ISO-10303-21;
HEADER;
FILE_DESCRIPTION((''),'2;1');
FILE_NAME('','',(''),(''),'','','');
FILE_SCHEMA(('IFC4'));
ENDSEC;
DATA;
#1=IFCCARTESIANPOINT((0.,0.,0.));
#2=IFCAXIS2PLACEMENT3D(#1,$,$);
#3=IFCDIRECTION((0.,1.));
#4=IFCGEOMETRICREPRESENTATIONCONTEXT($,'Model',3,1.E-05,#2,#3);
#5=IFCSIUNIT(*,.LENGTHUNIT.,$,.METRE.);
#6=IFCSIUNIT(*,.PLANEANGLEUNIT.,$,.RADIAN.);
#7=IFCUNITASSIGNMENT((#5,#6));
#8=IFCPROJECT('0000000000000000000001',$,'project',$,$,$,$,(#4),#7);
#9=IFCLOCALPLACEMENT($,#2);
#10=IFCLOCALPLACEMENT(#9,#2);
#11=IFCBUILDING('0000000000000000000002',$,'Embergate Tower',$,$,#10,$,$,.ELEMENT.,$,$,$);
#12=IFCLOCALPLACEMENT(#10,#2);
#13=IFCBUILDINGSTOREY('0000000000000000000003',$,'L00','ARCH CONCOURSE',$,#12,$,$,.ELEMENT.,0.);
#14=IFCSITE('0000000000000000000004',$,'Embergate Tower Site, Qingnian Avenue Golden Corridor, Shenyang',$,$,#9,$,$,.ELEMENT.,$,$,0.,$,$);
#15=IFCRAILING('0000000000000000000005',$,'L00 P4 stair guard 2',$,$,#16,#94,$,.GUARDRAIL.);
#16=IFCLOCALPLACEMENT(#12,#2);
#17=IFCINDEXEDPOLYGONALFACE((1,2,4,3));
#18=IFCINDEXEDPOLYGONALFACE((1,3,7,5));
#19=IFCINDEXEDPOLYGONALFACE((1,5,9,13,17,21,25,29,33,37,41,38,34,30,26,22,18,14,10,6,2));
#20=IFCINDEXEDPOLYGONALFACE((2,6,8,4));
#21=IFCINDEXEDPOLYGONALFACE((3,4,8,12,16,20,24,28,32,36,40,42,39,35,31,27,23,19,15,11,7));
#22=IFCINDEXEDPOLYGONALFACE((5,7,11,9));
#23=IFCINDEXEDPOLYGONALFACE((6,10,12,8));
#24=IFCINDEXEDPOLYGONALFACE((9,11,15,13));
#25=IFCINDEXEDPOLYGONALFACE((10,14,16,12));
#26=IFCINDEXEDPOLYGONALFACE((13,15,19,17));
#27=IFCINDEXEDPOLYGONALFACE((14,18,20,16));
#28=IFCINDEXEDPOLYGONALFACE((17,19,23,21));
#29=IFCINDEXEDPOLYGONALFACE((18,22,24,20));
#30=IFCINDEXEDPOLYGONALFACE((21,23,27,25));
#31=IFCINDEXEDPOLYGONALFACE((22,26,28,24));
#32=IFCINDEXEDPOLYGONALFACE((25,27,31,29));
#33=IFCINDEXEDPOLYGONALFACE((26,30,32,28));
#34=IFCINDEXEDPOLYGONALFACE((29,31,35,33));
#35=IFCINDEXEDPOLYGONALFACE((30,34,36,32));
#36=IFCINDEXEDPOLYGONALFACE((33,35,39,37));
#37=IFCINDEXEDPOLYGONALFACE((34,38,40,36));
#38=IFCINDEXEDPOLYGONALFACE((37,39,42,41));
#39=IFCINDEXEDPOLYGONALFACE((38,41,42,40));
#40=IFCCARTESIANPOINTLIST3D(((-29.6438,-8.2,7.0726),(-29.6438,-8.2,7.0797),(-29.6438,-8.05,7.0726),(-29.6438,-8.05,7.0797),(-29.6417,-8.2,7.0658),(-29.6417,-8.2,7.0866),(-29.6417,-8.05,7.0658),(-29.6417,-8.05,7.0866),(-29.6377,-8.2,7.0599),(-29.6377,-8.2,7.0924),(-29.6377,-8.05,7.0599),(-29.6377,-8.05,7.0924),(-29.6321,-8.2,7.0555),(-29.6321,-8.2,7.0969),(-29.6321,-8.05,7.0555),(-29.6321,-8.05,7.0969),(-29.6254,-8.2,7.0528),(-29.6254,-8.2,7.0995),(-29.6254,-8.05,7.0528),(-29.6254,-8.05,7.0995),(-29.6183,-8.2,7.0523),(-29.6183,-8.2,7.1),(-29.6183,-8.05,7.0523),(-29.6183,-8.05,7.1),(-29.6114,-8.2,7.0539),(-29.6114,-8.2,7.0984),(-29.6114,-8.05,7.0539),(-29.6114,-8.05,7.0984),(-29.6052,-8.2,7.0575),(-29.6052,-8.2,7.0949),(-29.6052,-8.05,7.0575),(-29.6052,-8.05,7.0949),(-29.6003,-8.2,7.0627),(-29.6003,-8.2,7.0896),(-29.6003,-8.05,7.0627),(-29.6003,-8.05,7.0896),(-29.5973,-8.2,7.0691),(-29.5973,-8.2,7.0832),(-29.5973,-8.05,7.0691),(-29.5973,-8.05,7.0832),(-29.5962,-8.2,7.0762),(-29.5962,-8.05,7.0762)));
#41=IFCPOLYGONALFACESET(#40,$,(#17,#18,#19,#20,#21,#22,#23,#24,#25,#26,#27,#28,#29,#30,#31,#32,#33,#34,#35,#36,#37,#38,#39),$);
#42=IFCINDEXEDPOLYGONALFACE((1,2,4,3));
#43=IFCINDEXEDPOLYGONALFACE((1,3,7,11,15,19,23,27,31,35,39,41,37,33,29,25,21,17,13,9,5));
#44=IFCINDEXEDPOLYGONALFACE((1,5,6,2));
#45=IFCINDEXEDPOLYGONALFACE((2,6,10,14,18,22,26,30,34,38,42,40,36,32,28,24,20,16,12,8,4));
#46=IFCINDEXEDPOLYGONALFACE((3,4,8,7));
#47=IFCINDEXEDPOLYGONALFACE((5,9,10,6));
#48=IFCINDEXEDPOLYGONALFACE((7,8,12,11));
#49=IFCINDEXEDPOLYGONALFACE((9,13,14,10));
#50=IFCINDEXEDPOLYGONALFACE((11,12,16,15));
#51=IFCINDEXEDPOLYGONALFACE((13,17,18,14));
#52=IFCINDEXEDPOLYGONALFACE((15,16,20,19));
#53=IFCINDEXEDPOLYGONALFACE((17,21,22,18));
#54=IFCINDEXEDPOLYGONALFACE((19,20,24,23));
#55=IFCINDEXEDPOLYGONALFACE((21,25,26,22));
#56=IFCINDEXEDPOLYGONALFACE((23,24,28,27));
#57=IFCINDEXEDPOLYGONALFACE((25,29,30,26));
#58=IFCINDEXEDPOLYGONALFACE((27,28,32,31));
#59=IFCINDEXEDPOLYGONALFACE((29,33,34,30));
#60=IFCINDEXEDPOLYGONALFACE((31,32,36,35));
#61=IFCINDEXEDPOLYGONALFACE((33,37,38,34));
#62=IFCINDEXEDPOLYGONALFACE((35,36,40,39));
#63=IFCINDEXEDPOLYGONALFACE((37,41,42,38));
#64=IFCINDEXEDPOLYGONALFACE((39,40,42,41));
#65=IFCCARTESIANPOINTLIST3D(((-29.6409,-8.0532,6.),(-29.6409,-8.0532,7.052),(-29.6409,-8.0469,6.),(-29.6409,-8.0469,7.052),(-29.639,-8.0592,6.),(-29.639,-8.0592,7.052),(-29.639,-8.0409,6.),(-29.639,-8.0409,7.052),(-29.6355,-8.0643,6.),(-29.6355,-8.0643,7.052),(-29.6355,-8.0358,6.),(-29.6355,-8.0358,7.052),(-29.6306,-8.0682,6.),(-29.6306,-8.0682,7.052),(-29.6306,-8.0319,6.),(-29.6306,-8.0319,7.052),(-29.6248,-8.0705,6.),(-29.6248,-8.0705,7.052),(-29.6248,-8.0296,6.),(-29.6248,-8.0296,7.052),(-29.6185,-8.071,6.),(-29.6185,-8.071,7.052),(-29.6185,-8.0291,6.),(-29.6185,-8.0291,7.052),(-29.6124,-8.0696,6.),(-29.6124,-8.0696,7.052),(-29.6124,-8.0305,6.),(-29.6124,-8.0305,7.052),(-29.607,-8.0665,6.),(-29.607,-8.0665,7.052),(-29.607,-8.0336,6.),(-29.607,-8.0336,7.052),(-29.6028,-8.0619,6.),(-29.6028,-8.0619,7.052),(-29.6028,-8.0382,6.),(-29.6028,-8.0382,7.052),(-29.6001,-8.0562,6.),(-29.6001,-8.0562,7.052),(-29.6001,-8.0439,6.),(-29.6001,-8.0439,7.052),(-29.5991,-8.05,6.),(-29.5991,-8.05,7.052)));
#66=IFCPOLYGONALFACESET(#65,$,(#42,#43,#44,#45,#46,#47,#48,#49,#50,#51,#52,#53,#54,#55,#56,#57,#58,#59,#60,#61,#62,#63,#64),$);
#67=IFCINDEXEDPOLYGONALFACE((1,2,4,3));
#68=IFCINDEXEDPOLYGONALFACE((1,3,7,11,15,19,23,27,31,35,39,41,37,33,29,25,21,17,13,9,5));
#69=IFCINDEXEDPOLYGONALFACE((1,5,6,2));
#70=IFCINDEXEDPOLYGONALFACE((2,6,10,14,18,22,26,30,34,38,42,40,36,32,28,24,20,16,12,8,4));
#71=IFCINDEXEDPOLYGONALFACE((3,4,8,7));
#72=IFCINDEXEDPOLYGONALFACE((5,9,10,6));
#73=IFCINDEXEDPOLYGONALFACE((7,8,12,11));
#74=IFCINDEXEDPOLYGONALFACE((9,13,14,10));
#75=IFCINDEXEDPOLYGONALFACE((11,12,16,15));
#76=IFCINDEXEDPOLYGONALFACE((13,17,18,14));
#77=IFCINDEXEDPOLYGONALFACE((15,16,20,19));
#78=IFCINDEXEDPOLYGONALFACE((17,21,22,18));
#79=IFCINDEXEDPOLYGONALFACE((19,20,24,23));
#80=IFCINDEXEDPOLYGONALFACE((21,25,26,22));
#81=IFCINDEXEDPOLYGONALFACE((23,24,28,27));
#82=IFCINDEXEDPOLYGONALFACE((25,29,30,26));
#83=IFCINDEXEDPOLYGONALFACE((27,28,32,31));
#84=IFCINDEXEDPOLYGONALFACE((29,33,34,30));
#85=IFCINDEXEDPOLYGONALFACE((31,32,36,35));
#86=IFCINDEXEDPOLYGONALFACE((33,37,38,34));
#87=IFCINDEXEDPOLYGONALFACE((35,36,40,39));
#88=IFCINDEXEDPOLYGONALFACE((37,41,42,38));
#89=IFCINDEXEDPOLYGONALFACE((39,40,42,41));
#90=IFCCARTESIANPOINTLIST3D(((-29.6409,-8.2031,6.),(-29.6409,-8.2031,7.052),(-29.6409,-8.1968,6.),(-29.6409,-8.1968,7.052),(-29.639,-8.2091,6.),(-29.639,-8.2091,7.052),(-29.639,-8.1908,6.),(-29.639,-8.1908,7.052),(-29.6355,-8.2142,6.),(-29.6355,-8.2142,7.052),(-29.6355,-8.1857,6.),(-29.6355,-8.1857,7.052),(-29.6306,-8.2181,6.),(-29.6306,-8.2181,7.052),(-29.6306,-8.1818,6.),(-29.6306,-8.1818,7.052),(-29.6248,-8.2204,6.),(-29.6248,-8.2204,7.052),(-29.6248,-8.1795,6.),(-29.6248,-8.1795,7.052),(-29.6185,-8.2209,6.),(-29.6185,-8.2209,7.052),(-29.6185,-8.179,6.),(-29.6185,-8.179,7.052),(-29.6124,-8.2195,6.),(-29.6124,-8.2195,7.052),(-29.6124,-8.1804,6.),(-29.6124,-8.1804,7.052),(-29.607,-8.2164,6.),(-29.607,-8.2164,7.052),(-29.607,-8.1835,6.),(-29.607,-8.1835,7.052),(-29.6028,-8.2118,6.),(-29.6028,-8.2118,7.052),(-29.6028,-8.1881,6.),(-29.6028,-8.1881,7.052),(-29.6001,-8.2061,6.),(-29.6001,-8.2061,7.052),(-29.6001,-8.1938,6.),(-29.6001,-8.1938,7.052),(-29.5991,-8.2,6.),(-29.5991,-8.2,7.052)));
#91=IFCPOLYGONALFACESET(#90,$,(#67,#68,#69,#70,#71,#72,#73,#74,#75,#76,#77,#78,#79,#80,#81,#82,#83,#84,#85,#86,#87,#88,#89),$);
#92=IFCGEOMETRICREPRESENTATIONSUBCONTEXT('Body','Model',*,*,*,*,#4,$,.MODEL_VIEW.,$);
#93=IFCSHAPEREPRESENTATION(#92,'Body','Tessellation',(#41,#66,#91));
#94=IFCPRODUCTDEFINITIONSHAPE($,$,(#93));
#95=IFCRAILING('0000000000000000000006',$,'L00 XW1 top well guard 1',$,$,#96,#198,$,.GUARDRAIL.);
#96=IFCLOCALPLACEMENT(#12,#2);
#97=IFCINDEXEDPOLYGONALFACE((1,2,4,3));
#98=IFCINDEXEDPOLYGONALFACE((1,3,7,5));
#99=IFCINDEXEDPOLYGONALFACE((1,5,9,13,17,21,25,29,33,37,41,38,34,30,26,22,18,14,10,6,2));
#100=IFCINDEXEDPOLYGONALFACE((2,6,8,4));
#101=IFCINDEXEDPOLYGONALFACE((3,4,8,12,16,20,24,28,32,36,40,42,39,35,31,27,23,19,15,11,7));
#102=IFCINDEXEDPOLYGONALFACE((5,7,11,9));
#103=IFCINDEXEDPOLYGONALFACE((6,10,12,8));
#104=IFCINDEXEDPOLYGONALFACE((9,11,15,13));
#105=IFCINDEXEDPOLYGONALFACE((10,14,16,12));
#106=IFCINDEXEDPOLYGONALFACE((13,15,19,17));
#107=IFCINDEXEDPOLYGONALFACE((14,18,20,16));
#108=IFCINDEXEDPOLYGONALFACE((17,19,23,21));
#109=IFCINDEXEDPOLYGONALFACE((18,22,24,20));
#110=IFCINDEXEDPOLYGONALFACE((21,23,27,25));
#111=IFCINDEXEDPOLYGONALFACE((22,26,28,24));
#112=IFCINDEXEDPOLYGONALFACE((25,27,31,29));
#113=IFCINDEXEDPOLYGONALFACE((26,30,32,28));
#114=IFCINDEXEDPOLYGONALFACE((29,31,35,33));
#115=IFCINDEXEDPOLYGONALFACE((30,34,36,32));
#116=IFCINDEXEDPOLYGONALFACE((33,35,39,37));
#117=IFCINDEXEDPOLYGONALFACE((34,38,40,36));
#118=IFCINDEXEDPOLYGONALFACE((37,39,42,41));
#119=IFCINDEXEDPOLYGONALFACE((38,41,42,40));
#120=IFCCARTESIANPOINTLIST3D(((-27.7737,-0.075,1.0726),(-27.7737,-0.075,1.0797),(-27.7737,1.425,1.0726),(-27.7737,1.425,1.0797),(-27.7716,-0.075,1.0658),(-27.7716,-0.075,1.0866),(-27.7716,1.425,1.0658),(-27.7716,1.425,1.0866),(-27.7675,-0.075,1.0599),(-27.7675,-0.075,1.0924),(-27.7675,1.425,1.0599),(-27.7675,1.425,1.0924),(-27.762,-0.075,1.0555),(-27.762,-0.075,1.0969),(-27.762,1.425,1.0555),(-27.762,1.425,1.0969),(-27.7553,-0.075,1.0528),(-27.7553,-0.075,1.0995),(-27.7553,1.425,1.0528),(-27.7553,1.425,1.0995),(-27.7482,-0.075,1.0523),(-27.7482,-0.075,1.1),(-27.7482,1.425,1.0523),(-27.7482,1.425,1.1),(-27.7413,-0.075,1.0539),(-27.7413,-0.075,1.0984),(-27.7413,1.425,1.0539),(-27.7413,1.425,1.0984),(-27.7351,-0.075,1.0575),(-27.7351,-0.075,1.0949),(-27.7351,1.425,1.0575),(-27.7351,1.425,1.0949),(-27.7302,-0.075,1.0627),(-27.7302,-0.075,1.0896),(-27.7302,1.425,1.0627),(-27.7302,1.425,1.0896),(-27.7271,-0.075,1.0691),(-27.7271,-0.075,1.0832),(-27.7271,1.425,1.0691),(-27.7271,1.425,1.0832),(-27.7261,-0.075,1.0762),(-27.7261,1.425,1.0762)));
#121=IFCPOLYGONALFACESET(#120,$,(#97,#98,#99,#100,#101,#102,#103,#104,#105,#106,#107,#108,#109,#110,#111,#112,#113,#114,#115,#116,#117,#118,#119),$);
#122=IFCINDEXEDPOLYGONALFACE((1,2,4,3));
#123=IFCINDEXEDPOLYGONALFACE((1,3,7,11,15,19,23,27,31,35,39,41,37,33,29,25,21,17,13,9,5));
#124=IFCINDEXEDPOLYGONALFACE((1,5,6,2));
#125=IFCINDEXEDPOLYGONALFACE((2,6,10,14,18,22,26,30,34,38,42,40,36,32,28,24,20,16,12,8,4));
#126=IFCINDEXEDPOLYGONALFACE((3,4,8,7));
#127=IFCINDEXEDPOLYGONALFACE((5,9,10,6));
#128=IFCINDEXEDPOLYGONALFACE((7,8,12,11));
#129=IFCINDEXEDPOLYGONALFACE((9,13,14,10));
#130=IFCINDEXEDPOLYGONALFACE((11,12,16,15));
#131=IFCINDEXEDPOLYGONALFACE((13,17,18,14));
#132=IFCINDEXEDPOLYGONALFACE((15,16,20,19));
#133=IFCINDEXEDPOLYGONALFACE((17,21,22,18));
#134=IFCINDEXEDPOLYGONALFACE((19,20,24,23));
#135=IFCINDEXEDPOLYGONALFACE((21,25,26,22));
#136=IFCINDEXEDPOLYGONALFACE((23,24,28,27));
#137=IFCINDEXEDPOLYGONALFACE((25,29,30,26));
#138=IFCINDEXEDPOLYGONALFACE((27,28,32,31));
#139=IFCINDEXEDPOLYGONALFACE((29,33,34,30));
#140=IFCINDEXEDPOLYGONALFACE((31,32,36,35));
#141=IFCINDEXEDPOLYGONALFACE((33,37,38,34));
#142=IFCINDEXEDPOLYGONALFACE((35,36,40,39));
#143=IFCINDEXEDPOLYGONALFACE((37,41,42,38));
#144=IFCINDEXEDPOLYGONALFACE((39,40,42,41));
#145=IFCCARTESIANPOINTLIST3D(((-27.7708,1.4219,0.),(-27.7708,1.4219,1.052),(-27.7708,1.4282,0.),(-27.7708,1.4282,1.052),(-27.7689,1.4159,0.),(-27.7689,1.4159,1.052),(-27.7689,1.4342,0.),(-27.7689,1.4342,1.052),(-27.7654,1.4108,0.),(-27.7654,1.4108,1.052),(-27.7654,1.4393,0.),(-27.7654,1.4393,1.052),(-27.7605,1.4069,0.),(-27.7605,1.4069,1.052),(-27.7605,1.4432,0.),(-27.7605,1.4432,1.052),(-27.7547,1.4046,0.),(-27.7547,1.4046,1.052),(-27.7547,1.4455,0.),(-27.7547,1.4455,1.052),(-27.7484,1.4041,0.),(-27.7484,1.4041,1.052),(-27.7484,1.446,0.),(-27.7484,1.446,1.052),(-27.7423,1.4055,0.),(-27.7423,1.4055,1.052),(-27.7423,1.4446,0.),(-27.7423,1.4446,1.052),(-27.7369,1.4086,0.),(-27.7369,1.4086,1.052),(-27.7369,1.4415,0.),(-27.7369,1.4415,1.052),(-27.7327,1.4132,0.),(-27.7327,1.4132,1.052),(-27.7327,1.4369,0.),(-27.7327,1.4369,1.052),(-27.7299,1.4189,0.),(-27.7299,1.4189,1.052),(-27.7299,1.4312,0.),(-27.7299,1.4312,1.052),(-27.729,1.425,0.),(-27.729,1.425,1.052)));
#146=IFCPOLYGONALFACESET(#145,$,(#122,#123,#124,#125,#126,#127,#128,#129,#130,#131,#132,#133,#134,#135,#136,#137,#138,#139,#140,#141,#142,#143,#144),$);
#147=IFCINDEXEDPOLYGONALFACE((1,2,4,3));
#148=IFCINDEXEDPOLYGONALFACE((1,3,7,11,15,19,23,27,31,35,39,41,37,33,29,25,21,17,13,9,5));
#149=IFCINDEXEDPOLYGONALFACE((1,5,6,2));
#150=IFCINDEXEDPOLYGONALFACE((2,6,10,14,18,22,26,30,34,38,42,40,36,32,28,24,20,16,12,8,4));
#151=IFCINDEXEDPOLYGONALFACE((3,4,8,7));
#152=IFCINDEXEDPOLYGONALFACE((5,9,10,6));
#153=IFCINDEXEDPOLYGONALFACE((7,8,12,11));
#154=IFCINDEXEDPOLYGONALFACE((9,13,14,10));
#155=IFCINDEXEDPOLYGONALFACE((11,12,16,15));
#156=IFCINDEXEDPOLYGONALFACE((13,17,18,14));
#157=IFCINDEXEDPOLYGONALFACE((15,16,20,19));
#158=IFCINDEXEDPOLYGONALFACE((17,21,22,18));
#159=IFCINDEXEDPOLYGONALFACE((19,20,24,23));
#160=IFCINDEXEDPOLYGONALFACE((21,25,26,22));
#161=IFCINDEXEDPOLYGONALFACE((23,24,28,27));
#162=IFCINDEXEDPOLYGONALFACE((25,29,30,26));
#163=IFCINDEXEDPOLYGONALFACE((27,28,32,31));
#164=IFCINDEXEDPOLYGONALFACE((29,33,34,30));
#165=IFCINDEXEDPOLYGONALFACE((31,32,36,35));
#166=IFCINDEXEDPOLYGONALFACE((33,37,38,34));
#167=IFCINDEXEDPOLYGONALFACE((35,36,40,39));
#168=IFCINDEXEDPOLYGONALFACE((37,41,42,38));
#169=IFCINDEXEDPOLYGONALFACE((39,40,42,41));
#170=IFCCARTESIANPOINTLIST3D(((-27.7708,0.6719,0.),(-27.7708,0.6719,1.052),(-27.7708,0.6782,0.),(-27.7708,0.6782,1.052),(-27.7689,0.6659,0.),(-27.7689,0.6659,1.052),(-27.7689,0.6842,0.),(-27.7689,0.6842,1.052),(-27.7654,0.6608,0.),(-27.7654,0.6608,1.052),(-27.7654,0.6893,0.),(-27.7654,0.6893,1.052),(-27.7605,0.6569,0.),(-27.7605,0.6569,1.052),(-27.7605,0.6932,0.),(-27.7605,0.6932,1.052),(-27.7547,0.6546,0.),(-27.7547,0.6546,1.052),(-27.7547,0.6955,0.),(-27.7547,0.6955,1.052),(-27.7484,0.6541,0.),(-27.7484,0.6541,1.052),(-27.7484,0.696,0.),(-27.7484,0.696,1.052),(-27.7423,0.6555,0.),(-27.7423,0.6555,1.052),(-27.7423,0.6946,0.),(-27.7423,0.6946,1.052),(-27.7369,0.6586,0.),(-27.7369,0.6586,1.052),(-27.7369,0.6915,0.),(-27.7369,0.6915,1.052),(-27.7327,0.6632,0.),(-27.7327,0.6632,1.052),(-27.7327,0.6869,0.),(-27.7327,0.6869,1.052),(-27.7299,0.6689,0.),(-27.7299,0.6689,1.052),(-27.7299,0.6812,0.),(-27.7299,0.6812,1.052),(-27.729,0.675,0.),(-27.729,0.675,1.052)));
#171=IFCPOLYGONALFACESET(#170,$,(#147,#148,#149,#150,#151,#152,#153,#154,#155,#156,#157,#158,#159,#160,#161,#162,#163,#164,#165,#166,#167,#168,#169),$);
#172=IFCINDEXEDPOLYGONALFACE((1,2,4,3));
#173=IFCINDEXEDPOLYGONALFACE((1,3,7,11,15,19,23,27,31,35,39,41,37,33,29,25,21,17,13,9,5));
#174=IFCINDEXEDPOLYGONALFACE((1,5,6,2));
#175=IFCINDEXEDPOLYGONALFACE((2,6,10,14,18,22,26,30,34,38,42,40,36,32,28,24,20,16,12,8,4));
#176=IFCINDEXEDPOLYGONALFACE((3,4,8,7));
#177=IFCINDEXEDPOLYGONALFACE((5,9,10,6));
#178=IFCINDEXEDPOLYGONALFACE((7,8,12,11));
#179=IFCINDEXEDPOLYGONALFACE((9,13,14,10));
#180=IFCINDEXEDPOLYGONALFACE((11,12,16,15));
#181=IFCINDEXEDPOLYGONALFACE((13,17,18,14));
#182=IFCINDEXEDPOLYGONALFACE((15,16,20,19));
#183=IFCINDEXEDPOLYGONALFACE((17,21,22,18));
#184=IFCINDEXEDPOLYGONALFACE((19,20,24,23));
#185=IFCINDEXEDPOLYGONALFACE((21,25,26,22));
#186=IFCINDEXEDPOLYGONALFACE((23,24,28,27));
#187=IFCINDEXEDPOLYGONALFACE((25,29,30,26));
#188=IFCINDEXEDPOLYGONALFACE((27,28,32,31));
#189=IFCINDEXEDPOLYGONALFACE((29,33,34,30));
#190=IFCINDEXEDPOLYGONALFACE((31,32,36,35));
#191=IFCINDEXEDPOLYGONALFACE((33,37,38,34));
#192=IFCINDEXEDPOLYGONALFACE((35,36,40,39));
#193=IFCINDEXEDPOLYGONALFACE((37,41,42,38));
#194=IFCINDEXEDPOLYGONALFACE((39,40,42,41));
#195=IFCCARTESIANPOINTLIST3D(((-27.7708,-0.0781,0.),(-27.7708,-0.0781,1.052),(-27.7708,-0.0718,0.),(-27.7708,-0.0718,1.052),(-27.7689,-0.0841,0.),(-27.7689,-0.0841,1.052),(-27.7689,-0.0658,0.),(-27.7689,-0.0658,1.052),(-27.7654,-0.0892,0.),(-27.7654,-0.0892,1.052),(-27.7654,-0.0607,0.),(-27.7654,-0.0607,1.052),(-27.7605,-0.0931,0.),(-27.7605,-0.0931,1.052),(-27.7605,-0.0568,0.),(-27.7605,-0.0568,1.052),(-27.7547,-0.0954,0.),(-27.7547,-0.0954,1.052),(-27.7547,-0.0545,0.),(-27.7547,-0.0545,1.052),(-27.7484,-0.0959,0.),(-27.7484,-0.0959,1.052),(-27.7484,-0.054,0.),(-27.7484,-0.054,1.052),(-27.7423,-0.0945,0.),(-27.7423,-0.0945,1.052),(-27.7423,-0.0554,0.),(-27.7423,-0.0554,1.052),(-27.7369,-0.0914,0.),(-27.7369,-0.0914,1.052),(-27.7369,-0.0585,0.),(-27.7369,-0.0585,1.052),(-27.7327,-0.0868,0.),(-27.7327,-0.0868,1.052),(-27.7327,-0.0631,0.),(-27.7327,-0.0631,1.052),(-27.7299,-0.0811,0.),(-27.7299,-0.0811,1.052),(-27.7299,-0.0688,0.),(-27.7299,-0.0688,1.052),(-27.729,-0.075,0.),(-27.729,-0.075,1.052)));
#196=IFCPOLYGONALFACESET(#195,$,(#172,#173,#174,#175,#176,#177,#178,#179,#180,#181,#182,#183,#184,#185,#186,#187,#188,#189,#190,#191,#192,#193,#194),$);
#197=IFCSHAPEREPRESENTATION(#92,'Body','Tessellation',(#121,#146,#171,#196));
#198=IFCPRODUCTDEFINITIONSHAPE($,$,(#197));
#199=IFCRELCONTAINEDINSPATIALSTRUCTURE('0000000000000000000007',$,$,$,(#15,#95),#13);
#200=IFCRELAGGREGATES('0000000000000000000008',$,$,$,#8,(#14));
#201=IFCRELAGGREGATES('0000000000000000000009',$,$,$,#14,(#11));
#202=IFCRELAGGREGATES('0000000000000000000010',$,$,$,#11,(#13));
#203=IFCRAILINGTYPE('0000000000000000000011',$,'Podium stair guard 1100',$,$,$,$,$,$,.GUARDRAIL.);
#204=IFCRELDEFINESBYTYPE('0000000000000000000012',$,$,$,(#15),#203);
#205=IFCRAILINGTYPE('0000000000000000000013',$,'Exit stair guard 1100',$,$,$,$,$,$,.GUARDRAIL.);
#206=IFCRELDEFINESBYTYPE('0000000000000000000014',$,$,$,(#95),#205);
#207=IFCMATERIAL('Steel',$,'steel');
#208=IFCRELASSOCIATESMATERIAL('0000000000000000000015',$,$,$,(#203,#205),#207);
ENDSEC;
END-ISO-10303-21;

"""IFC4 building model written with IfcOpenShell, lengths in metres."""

from ifc_helpers import new_model, si_unit, direction, frame, origin, origin_2d, place, context, subcontext, project, spatial, circle, extrude, source, transform, mapped, material, type_object, element, save


model = new_model("IFC4")

# Units and contexts
model_context = context("Model", 3, precision=1e-05, world=origin(), true_north=direction((0.0, 1.0)))
body_context = subcontext(model_context, "Body", "Model", "MODEL_VIEW")
ifc_project = project(units=[si_unit("LENGTHUNIT", "METRE"), si_unit("PLANEANGLEUNIT", "RADIAN")], contexts=[model_context])

# Site, building, storey
site_placement = place(None, origin())
site = spatial("IfcSite", under=ifc_project, at=site_placement, Name="Embergate Tower Site, Qingnian Avenue Golden Corridor, Shenyang", CompositionType="ELEMENT", RefElevation=0.0)
building_placement = place(site_placement, origin())
building = spatial("IfcBuilding", under=site, at=building_placement, Name="Embergate Tower", CompositionType="ELEMENT")
storey_placement = place(building_placement, origin())
storey = spatial("IfcBuildingStorey", under=building, at=storey_placement, Name="L00", Description="ARCH CONCOURSE", CompositionType="ELEMENT", Elevation=0.0)

# Railings
ifc_material_1 = material(Name="Steel", Category="steel")
railing_type_1 = type_object("IfcRailingType", Name="Podium stair guard 1100", PredefinedType="GUARDRAIL", material=ifc_material_1)
shared_shape_1 = source(origin(), body_context, "Body", "SweptSolid", [
    extrude(circle(Radius=0.0239, at=origin_2d()), frame((0.0, 0.0, 1.0762), z_axis=(0.0, -1.0, 0.0), x_axis=(1.0, 0.0, 0.0)), (0.0, 0.0, 1.0), 0.1499),
    extrude(circle(Radius=0.021, at=origin_2d()), origin(), (0.0, 0.0, 1.0), 1.052),
    extrude(circle(Radius=0.021, at=origin_2d()), frame((0.0, -0.1499, 0.0)), (0.0, 0.0, 1.0), 1.052),
])
railing_1_placement = place(storey_placement, frame((-29.6201, -8.05, 6.0)))
element("IfcRailing", 1, at=railing_1_placement, inside=storey, type_object=railing_type_1, Name="L00 P4 stair guard 2", PredefinedType="GUARDRAIL", context=body_context, shape_type="MappedRepresentation", body=[
    mapped(shared_shape_1, transform((0.0, 0.0, 0.0))),
])
railing_type_2 = type_object("IfcRailingType", Name="Exit stair guard 1100", PredefinedType="GUARDRAIL", material=ifc_material_1)
shared_shape_2 = source(origin(), body_context, "Body", "SweptSolid", [
    extrude(circle(Radius=0.0239, at=origin_2d()), frame((0.0, 0.0, 1.0762), z_axis=(0.0, -1.0, 0.0), x_axis=(1.0, 0.0, 0.0)), (0.0, 0.0, 1.0), 1.5),
    extrude(circle(Radius=0.021, at=origin_2d()), origin(), (0.0, 0.0, 1.0), 1.052),
    extrude(circle(Radius=0.021, at=origin_2d()), frame((0.0, -0.75, 0.0)), (0.0, 0.0, 1.0), 1.052),
    extrude(circle(Radius=0.021, at=origin_2d()), frame((0.0, -1.5, 0.0)), (0.0, 0.0, 1.0), 1.052),
])
railing_2_placement = place(storey_placement, frame((-27.75, 1.425, 0.0)))
element("IfcRailing", 2, at=railing_2_placement, inside=storey, type_object=railing_type_2, Name="L00 XW1 top well guard 1", PredefinedType="GUARDRAIL", context=body_context, shape_type="MappedRepresentation", body=[
    mapped(shared_shape_2, transform((0.0, 0.0, 0.0))),
])

save(model, "model.ifc")
